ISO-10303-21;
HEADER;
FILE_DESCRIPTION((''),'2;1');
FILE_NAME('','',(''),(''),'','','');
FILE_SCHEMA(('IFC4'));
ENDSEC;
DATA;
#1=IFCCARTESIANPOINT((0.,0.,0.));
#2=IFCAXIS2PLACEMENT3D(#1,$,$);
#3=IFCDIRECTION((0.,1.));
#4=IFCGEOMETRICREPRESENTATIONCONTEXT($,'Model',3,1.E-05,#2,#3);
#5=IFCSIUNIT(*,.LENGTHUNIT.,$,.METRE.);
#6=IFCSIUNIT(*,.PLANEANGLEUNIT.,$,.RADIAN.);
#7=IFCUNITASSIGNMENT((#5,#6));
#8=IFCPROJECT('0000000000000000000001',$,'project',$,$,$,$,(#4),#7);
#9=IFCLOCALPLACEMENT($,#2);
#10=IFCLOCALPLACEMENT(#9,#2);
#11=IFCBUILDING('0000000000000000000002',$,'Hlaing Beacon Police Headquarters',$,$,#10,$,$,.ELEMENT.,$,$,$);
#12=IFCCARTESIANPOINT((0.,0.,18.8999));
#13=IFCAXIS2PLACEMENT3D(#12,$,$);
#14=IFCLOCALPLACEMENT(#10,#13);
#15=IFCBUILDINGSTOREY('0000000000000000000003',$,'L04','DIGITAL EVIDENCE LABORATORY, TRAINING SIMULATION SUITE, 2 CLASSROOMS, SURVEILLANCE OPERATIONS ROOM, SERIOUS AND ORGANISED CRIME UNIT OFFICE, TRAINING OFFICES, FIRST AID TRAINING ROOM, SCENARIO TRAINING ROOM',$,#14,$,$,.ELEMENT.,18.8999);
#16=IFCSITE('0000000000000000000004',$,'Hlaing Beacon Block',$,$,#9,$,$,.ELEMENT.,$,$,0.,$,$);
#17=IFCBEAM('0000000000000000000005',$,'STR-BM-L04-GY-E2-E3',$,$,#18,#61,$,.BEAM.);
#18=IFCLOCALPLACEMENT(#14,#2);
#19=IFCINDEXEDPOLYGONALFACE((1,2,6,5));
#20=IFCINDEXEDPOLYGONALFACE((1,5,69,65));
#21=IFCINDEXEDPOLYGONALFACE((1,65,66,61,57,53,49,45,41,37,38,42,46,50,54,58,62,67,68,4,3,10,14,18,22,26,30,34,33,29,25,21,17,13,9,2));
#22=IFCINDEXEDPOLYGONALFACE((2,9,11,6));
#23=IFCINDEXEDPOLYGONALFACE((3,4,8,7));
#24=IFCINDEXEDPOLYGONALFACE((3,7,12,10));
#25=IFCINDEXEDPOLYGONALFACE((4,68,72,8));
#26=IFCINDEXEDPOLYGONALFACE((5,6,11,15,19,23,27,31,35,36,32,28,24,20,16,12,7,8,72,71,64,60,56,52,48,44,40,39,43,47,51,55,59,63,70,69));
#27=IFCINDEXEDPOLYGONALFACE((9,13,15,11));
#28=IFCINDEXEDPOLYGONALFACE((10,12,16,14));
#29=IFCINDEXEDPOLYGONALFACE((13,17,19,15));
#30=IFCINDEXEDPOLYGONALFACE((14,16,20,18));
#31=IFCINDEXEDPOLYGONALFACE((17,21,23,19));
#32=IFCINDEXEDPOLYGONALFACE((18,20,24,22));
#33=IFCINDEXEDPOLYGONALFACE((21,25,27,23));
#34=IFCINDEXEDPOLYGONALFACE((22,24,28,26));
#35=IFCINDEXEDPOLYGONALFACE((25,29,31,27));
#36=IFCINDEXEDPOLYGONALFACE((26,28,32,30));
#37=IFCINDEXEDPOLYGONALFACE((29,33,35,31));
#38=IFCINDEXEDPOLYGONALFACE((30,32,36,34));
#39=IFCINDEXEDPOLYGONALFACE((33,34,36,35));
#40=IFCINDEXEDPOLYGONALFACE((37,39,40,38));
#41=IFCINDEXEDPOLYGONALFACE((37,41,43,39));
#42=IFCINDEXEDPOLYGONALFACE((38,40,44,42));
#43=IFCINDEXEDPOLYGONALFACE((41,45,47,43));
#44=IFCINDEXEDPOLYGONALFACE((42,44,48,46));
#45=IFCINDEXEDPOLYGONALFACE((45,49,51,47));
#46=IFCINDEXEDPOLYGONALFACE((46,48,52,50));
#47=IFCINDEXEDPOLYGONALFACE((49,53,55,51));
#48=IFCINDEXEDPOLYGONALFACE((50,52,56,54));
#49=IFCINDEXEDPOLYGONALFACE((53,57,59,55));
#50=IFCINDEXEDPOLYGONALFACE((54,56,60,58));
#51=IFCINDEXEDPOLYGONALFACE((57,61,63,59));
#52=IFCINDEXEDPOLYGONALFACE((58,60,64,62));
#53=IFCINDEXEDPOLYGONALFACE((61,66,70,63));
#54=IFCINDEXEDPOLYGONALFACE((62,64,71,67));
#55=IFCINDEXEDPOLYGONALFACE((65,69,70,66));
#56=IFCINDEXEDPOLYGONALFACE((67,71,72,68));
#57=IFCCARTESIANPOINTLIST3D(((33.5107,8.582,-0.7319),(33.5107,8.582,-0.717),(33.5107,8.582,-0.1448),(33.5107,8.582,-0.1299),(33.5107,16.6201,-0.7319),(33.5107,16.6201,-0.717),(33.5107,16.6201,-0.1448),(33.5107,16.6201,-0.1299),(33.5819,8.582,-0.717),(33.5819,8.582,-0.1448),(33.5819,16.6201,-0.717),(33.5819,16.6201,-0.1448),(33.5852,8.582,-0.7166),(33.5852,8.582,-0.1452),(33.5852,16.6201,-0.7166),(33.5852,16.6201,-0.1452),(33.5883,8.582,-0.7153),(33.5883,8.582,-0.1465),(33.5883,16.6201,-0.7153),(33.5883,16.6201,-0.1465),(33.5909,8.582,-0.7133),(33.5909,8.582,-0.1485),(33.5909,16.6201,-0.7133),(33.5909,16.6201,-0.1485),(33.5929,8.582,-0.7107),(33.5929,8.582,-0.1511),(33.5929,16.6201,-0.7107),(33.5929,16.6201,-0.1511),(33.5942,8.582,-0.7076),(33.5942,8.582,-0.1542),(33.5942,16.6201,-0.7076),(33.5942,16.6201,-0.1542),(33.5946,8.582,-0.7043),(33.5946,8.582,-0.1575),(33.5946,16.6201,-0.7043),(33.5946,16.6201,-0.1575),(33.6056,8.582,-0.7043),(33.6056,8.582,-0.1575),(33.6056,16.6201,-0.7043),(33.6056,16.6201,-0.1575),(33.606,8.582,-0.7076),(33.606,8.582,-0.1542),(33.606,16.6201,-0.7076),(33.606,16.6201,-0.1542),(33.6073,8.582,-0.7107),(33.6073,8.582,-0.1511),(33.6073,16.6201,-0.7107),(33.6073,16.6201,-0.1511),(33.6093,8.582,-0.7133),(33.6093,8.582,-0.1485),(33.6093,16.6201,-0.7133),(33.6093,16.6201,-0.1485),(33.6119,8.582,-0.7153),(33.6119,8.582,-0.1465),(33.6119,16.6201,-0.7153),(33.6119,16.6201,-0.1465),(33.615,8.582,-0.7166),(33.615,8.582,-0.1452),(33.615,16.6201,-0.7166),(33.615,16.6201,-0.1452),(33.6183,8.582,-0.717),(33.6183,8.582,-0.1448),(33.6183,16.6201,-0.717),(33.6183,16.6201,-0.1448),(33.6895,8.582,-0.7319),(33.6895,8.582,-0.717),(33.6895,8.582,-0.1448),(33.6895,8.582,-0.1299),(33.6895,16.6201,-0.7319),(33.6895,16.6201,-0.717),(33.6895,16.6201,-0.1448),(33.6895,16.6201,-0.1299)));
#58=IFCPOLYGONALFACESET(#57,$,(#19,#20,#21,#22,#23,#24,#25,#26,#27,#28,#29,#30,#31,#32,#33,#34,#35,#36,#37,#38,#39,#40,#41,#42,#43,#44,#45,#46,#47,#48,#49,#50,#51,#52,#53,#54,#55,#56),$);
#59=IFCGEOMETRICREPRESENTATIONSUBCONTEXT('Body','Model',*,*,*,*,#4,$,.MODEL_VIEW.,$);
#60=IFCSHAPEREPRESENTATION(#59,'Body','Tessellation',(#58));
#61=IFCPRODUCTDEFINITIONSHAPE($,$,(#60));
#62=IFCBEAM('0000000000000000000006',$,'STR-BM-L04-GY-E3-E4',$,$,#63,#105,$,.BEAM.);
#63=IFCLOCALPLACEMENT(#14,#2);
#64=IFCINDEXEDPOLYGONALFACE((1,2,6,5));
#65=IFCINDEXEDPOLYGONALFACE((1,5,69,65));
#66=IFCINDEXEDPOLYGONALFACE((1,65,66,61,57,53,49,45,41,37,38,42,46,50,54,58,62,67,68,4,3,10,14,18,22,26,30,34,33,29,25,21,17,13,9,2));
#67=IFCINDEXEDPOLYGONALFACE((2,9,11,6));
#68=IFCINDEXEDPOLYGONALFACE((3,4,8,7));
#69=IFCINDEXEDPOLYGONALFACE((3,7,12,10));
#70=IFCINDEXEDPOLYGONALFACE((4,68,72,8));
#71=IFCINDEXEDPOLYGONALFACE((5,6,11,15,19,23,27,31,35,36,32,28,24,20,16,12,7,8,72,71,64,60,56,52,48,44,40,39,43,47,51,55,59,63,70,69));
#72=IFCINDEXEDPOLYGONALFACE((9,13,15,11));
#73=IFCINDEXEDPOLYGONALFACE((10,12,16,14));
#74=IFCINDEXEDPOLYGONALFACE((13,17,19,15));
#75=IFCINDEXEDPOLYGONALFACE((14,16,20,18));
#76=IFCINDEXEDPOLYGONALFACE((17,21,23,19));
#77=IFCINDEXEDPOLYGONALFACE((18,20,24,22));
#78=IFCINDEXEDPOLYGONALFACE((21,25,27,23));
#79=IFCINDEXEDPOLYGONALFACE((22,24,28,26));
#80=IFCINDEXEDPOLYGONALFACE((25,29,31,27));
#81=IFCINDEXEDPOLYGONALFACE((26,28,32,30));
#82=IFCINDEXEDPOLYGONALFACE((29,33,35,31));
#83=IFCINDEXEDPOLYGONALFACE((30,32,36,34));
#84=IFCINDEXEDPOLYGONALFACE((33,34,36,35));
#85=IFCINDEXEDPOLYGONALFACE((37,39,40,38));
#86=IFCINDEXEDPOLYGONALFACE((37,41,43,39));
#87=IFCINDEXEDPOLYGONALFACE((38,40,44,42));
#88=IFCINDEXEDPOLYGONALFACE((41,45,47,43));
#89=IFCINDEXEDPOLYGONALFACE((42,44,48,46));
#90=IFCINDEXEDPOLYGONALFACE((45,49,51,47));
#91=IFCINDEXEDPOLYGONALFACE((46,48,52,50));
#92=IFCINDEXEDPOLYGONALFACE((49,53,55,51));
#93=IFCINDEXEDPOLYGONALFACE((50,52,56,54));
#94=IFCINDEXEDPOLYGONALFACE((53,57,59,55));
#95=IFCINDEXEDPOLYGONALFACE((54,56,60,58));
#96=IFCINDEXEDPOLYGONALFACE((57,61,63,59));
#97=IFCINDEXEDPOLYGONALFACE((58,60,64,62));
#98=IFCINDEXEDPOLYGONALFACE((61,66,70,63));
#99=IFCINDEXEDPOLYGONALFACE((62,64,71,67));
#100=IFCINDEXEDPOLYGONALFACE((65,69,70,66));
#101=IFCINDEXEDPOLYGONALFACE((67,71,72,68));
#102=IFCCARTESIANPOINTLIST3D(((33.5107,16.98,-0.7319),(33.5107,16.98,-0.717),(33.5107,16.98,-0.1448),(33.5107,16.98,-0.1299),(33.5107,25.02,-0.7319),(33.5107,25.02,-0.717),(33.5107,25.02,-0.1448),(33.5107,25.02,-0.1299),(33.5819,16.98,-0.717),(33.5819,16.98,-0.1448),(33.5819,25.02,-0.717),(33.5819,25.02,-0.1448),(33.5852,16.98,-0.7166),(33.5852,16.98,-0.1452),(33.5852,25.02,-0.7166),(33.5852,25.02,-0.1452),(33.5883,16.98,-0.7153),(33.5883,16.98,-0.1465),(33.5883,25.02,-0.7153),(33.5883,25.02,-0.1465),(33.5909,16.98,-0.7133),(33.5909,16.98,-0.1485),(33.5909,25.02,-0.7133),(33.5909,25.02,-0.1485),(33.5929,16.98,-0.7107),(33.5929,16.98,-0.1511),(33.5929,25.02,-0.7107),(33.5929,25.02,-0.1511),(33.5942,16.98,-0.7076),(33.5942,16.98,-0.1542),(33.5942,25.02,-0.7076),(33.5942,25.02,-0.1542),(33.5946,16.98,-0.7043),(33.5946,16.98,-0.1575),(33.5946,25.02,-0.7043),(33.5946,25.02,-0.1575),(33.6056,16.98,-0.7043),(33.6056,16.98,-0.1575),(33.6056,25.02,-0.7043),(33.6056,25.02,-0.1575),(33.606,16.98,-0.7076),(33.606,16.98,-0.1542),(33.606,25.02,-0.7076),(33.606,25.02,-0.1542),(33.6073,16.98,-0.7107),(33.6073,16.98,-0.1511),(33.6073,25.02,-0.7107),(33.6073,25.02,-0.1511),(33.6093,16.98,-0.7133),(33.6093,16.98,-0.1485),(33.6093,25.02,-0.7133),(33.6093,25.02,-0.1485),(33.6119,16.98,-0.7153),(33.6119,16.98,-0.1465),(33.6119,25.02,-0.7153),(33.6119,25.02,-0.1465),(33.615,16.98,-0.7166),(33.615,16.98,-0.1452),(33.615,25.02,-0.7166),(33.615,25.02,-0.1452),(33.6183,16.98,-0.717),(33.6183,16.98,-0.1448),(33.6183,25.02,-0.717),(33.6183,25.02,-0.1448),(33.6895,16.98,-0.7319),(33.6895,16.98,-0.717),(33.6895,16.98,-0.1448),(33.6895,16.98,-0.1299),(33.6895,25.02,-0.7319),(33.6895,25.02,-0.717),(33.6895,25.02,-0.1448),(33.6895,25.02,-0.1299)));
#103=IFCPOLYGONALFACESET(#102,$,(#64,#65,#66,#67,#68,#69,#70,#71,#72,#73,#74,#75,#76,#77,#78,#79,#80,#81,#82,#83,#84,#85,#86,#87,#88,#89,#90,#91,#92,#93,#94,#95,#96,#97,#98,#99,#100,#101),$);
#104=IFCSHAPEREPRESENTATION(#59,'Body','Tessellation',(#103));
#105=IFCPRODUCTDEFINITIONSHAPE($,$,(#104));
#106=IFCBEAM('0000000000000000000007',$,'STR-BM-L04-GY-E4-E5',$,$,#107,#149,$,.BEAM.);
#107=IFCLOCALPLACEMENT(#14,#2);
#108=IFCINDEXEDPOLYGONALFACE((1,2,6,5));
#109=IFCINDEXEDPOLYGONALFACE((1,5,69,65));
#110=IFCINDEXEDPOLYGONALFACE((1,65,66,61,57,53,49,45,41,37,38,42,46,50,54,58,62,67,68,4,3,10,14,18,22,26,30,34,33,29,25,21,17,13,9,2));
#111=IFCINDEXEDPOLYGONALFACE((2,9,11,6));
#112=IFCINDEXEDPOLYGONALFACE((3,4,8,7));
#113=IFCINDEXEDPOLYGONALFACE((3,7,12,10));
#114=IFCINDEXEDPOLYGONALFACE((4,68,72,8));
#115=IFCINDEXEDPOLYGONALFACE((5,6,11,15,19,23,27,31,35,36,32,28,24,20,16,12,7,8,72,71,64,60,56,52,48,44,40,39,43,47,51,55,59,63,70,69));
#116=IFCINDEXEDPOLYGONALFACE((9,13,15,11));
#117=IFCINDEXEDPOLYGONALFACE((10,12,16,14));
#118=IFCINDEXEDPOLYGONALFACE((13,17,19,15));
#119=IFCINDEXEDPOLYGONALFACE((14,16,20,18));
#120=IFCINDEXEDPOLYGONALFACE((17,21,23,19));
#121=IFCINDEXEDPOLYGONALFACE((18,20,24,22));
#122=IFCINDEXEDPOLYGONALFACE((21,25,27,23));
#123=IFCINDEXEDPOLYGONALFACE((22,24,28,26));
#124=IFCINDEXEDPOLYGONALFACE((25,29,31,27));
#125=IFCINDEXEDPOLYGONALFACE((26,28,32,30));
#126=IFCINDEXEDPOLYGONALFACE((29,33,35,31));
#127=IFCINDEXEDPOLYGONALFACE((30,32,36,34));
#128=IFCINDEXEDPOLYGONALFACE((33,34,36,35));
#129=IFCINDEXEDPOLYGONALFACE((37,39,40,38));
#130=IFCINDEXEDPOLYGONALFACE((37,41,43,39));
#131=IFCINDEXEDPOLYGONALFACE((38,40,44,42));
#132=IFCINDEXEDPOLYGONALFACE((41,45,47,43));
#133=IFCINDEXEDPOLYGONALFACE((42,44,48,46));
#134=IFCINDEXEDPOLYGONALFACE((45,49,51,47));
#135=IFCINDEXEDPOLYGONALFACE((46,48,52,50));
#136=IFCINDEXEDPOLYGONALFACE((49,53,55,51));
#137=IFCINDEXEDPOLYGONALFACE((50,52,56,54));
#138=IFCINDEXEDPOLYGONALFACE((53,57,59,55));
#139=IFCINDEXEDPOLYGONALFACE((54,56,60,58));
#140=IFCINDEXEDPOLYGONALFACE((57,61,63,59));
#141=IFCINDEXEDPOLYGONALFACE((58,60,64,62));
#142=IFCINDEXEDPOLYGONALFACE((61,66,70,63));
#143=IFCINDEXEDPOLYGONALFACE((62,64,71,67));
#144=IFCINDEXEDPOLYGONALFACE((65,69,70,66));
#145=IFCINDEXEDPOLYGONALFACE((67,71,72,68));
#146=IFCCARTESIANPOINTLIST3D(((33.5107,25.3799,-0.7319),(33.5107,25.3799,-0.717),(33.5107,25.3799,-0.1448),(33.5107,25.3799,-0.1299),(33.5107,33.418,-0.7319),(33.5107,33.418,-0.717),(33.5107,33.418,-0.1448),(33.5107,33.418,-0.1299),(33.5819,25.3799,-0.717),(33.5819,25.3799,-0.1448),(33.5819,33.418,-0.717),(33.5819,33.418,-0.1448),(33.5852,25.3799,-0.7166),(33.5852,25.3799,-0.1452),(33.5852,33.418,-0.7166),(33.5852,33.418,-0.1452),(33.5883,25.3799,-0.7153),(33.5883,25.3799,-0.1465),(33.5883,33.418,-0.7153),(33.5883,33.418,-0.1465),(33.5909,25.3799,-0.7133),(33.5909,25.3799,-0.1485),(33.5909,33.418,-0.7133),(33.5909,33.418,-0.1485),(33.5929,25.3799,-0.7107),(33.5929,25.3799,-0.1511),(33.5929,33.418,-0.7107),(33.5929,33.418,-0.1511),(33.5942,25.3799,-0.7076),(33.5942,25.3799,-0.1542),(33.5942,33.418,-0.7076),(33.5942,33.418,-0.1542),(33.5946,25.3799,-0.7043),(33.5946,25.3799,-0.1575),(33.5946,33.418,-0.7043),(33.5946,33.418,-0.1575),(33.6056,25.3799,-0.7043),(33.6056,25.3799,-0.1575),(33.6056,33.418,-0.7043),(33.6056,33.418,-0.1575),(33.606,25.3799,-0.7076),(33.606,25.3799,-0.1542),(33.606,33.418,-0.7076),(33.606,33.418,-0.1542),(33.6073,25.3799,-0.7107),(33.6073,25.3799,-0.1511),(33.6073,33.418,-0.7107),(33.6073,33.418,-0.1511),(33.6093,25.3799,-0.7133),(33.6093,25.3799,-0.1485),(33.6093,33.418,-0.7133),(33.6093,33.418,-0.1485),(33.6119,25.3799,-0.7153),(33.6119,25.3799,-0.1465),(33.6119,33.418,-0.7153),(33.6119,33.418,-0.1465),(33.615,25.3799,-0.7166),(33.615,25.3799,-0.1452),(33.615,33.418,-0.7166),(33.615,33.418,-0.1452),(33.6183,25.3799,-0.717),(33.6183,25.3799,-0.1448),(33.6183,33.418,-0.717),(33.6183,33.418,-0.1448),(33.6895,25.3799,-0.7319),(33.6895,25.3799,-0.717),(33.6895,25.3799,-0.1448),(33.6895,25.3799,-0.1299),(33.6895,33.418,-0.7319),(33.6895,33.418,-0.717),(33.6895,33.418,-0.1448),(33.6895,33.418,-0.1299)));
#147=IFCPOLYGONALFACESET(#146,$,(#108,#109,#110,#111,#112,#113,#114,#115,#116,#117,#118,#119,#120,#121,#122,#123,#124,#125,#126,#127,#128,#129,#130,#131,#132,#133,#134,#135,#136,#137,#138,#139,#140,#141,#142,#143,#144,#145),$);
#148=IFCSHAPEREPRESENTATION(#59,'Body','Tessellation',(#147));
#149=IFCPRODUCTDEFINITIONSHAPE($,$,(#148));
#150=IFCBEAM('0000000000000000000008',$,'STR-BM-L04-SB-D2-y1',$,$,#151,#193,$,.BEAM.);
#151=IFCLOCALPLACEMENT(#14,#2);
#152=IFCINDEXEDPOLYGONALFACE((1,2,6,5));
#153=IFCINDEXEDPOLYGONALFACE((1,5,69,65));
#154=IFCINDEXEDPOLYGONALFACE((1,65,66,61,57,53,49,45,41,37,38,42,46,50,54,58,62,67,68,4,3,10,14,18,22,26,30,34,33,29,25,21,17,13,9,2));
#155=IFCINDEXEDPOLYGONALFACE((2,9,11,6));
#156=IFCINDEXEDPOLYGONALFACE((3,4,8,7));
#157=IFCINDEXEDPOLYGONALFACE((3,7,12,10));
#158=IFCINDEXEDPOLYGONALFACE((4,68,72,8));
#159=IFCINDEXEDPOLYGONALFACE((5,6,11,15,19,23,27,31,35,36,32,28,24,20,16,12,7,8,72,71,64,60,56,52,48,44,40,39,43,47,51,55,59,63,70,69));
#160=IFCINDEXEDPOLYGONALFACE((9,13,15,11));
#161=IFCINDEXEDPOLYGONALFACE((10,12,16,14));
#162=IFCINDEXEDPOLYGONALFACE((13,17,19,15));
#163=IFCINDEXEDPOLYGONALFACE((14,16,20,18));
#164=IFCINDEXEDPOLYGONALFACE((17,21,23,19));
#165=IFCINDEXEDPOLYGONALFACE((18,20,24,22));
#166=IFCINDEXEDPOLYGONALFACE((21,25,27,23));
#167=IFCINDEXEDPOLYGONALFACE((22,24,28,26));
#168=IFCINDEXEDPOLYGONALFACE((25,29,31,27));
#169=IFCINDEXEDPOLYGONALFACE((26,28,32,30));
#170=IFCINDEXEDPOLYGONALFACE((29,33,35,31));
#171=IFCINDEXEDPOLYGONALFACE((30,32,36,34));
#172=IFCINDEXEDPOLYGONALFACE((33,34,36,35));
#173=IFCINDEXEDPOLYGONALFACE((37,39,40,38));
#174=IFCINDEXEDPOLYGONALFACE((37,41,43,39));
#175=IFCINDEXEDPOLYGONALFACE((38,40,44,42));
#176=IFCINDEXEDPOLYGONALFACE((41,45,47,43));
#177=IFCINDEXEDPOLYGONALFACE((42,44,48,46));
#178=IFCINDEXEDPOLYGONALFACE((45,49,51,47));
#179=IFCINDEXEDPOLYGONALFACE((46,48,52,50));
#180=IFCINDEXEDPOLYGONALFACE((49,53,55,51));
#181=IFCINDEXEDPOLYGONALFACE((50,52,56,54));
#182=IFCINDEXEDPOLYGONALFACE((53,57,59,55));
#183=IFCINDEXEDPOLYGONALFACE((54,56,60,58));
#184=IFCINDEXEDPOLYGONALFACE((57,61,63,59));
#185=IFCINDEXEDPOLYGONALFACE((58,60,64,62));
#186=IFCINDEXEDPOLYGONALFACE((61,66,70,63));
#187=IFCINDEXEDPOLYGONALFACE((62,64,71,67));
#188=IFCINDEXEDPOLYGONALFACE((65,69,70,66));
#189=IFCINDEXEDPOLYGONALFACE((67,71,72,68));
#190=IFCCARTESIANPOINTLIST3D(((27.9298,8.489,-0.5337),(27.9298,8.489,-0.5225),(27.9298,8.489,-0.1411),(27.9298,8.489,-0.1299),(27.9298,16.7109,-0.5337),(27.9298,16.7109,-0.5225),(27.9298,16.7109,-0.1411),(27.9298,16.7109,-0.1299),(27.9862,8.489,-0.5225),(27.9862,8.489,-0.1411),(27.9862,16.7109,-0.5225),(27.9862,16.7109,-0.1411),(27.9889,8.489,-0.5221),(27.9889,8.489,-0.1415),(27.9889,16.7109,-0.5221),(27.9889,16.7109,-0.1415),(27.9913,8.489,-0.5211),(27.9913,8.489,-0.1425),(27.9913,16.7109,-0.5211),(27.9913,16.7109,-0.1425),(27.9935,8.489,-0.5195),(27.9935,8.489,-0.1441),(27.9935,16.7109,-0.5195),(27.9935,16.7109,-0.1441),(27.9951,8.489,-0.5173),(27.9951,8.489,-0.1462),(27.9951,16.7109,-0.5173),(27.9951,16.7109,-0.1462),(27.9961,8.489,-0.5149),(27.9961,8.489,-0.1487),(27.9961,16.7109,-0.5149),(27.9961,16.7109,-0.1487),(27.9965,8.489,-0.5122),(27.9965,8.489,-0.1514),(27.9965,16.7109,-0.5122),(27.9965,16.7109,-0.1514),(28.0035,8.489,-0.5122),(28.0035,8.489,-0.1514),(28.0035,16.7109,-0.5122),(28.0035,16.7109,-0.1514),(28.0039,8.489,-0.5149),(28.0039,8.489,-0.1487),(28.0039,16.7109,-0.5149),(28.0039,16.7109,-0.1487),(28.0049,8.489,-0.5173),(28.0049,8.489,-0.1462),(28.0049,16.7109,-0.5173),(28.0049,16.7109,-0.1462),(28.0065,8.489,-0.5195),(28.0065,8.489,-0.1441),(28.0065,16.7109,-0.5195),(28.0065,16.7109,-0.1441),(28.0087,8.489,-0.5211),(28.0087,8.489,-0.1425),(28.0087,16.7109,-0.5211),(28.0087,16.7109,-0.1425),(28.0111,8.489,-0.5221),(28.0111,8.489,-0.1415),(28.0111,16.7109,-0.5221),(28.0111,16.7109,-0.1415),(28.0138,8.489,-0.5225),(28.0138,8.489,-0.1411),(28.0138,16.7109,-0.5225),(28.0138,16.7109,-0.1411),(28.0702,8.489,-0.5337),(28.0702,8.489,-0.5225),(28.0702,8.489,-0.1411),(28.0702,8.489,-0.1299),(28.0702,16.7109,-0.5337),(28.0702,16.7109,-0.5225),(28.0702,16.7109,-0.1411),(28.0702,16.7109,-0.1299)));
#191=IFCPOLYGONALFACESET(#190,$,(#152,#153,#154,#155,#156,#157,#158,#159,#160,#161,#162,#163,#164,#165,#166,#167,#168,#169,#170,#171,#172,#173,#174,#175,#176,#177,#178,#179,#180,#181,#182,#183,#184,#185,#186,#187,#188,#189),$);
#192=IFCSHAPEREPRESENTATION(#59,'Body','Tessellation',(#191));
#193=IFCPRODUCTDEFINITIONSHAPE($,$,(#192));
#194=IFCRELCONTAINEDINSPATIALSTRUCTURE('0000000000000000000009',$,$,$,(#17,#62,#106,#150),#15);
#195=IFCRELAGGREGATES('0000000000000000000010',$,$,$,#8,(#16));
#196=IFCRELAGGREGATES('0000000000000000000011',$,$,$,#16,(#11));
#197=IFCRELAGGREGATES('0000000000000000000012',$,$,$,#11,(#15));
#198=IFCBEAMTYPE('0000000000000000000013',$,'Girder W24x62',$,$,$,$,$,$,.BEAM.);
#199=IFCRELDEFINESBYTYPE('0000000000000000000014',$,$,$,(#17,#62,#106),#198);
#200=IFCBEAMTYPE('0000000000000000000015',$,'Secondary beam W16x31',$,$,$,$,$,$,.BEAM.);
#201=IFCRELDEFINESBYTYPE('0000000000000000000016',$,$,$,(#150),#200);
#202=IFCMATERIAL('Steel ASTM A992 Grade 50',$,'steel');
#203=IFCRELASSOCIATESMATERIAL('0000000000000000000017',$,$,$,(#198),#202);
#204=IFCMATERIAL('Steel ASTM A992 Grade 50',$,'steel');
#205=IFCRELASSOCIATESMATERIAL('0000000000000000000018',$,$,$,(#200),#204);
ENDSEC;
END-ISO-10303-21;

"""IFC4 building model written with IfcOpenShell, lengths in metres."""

from ifc_helpers import new_model, si_unit, direction, frame, origin, origin_2d, place, context, subcontext, project, spatial, i_section, extrude, material, material_profile, profile_set, type_object, element, save


model = new_model("IFC4")

# Units and contexts
model_context = context("Model", 3, precision=1e-05, world=origin(), true_north=direction((0.0, 1.0)))
body_context = subcontext(model_context, "Body", "Model", "MODEL_VIEW")
ifc_project = project(units=[si_unit("LENGTHUNIT", "METRE"), si_unit("PLANEANGLEUNIT", "RADIAN")], contexts=[model_context])

# Site, building, storey
site_placement = place(None, origin())
site = spatial("IfcSite", under=ifc_project, at=site_placement, Name="Hlaing Beacon Block", CompositionType="ELEMENT", RefElevation=0.0)
building_placement = place(site_placement, origin())
building = spatial("IfcBuilding", under=site, at=building_placement, Name="Hlaing Beacon Police Headquarters", CompositionType="ELEMENT")
storey_placement = place(building_placement, frame((0.0, 0.0, 18.8999)))
storey = spatial("IfcBuildingStorey", under=building, at=storey_placement, Name="L04", Description="DIGITAL EVIDENCE LABORATORY, TRAINING SIMULATION SUITE, 2 CLASSROOMS, SURVEILLANCE OPERATIONS ROOM, SERIOUS AND ORGANISED CRIME UNIT OFFICE, TRAINING OFFICES, FIRST AID TRAINING ROOM, SCENARIO TRAINING ROOM", CompositionType="ELEMENT", Elevation=18.8999)

# Beams
ifc_material_1 = material(Name="Steel ASTM A992 Grade 50", Category="steel")
ifc_material_profile_1 = material_profile(ifc_material_1, i_section(OverallWidth=0.1787, OverallDepth=0.6021, WebThickness=0.011, FlangeThickness=0.0149, FilletRadius=0.0127, at=origin_2d()), Name="W24x62")
ifc_profile_set_1 = profile_set([ifc_material_profile_1], Name="Steel ASTM A992 Grade 50")
beam_type_1 = type_object("IfcBeamType", Name="Girder W24x62", PredefinedType="BEAM", material=ifc_profile_set_1)
beam_1_placement = place(storey_placement, frame((33.6001, 8.582, -0.4309), z_axis=(0.0, 1.0, 0.0), x_axis=(-1.0, 0.0, 0.0)))
element("IfcBeam", 1, at=beam_1_placement, inside=storey, type_object=beam_type_1, Name="STR-BM-L04-GY-E2-E3", PredefinedType="BEAM", context=body_context, shape_type="SweptSolid", body=[
    extrude(i_section(OverallWidth=0.1787, OverallDepth=0.6021, WebThickness=0.011, FlangeThickness=0.0149, FilletRadius=0.0127, at=origin_2d()), origin(), (0.0, 0.0, 1.0), 8.0381),
])
beam_2_placement = place(storey_placement, frame((33.6001, 16.98, -0.4309), z_axis=(0.0, 1.0, 0.0), x_axis=(-1.0, 0.0, 0.0)))
element("IfcBeam", 2, at=beam_2_placement, inside=storey, type_object=beam_type_1, Name="STR-BM-L04-GY-E3-E4", PredefinedType="BEAM", context=body_context, shape_type="SweptSolid", body=[
    extrude(i_section(OverallWidth=0.1787, OverallDepth=0.6021, WebThickness=0.011, FlangeThickness=0.0149, FilletRadius=0.0127, at=origin_2d()), origin(), (0.0, 0.0, 1.0), 8.04),
])
beam_3_placement = place(storey_placement, frame((33.6001, 25.3799, -0.4309), z_axis=(0.0, 1.0, 0.0), x_axis=(-1.0, 0.0, 0.0)))
element("IfcBeam", 3, at=beam_3_placement, inside=storey, type_object=beam_type_1, Name="STR-BM-L04-GY-E4-E5", PredefinedType="BEAM", context=body_context, shape_type="SweptSolid", body=[
    extrude(i_section(OverallWidth=0.1787, OverallDepth=0.6021, WebThickness=0.011, FlangeThickness=0.0149, FilletRadius=0.0127, at=origin_2d()), origin(), (0.0, 0.0, 1.0), 8.0381),
])
ifc_material_2 = material(Name="Steel ASTM A992 Grade 50", Category="steel")
ifc_material_profile_2 = material_profile(ifc_material_2, i_section(OverallWidth=0.1404, OverallDepth=0.4038, WebThickness=0.0071, FlangeThickness=0.0112, FilletRadius=0.0103, at=origin_2d()), Name="W16x31")
ifc_profile_set_2 = profile_set([ifc_material_profile_2], Name="Steel ASTM A992 Grade 50")
beam_type_2 = type_object("IfcBeamType", Name="Secondary beam W16x31", PredefinedType="BEAM", material=ifc_profile_set_2)
for number, where, z_axis, x_axis, name in (
    (4, (28.0, 8.489, -0.3318), (0.0, 1.0, 0.0), (-1.0, 0.0, 0.0), "STR-BM-L04-SB-D2-y1"),
):
    element("IfcBeam", number, at=place(storey_placement, frame(where, z_axis=z_axis, x_axis=x_axis)), inside=storey, type_object=beam_type_2, Name=name, PredefinedType="BEAM", context=body_context, shape_type="SweptSolid", body=[
        extrude(i_section(OverallWidth=0.1404, OverallDepth=0.4038, WebThickness=0.0071, FlangeThickness=0.0112, FilletRadius=0.0103, at=origin_2d()), origin(), (0.0, 0.0, 1.0), 8.2219),
    ])

save(model, "model.ifc")
